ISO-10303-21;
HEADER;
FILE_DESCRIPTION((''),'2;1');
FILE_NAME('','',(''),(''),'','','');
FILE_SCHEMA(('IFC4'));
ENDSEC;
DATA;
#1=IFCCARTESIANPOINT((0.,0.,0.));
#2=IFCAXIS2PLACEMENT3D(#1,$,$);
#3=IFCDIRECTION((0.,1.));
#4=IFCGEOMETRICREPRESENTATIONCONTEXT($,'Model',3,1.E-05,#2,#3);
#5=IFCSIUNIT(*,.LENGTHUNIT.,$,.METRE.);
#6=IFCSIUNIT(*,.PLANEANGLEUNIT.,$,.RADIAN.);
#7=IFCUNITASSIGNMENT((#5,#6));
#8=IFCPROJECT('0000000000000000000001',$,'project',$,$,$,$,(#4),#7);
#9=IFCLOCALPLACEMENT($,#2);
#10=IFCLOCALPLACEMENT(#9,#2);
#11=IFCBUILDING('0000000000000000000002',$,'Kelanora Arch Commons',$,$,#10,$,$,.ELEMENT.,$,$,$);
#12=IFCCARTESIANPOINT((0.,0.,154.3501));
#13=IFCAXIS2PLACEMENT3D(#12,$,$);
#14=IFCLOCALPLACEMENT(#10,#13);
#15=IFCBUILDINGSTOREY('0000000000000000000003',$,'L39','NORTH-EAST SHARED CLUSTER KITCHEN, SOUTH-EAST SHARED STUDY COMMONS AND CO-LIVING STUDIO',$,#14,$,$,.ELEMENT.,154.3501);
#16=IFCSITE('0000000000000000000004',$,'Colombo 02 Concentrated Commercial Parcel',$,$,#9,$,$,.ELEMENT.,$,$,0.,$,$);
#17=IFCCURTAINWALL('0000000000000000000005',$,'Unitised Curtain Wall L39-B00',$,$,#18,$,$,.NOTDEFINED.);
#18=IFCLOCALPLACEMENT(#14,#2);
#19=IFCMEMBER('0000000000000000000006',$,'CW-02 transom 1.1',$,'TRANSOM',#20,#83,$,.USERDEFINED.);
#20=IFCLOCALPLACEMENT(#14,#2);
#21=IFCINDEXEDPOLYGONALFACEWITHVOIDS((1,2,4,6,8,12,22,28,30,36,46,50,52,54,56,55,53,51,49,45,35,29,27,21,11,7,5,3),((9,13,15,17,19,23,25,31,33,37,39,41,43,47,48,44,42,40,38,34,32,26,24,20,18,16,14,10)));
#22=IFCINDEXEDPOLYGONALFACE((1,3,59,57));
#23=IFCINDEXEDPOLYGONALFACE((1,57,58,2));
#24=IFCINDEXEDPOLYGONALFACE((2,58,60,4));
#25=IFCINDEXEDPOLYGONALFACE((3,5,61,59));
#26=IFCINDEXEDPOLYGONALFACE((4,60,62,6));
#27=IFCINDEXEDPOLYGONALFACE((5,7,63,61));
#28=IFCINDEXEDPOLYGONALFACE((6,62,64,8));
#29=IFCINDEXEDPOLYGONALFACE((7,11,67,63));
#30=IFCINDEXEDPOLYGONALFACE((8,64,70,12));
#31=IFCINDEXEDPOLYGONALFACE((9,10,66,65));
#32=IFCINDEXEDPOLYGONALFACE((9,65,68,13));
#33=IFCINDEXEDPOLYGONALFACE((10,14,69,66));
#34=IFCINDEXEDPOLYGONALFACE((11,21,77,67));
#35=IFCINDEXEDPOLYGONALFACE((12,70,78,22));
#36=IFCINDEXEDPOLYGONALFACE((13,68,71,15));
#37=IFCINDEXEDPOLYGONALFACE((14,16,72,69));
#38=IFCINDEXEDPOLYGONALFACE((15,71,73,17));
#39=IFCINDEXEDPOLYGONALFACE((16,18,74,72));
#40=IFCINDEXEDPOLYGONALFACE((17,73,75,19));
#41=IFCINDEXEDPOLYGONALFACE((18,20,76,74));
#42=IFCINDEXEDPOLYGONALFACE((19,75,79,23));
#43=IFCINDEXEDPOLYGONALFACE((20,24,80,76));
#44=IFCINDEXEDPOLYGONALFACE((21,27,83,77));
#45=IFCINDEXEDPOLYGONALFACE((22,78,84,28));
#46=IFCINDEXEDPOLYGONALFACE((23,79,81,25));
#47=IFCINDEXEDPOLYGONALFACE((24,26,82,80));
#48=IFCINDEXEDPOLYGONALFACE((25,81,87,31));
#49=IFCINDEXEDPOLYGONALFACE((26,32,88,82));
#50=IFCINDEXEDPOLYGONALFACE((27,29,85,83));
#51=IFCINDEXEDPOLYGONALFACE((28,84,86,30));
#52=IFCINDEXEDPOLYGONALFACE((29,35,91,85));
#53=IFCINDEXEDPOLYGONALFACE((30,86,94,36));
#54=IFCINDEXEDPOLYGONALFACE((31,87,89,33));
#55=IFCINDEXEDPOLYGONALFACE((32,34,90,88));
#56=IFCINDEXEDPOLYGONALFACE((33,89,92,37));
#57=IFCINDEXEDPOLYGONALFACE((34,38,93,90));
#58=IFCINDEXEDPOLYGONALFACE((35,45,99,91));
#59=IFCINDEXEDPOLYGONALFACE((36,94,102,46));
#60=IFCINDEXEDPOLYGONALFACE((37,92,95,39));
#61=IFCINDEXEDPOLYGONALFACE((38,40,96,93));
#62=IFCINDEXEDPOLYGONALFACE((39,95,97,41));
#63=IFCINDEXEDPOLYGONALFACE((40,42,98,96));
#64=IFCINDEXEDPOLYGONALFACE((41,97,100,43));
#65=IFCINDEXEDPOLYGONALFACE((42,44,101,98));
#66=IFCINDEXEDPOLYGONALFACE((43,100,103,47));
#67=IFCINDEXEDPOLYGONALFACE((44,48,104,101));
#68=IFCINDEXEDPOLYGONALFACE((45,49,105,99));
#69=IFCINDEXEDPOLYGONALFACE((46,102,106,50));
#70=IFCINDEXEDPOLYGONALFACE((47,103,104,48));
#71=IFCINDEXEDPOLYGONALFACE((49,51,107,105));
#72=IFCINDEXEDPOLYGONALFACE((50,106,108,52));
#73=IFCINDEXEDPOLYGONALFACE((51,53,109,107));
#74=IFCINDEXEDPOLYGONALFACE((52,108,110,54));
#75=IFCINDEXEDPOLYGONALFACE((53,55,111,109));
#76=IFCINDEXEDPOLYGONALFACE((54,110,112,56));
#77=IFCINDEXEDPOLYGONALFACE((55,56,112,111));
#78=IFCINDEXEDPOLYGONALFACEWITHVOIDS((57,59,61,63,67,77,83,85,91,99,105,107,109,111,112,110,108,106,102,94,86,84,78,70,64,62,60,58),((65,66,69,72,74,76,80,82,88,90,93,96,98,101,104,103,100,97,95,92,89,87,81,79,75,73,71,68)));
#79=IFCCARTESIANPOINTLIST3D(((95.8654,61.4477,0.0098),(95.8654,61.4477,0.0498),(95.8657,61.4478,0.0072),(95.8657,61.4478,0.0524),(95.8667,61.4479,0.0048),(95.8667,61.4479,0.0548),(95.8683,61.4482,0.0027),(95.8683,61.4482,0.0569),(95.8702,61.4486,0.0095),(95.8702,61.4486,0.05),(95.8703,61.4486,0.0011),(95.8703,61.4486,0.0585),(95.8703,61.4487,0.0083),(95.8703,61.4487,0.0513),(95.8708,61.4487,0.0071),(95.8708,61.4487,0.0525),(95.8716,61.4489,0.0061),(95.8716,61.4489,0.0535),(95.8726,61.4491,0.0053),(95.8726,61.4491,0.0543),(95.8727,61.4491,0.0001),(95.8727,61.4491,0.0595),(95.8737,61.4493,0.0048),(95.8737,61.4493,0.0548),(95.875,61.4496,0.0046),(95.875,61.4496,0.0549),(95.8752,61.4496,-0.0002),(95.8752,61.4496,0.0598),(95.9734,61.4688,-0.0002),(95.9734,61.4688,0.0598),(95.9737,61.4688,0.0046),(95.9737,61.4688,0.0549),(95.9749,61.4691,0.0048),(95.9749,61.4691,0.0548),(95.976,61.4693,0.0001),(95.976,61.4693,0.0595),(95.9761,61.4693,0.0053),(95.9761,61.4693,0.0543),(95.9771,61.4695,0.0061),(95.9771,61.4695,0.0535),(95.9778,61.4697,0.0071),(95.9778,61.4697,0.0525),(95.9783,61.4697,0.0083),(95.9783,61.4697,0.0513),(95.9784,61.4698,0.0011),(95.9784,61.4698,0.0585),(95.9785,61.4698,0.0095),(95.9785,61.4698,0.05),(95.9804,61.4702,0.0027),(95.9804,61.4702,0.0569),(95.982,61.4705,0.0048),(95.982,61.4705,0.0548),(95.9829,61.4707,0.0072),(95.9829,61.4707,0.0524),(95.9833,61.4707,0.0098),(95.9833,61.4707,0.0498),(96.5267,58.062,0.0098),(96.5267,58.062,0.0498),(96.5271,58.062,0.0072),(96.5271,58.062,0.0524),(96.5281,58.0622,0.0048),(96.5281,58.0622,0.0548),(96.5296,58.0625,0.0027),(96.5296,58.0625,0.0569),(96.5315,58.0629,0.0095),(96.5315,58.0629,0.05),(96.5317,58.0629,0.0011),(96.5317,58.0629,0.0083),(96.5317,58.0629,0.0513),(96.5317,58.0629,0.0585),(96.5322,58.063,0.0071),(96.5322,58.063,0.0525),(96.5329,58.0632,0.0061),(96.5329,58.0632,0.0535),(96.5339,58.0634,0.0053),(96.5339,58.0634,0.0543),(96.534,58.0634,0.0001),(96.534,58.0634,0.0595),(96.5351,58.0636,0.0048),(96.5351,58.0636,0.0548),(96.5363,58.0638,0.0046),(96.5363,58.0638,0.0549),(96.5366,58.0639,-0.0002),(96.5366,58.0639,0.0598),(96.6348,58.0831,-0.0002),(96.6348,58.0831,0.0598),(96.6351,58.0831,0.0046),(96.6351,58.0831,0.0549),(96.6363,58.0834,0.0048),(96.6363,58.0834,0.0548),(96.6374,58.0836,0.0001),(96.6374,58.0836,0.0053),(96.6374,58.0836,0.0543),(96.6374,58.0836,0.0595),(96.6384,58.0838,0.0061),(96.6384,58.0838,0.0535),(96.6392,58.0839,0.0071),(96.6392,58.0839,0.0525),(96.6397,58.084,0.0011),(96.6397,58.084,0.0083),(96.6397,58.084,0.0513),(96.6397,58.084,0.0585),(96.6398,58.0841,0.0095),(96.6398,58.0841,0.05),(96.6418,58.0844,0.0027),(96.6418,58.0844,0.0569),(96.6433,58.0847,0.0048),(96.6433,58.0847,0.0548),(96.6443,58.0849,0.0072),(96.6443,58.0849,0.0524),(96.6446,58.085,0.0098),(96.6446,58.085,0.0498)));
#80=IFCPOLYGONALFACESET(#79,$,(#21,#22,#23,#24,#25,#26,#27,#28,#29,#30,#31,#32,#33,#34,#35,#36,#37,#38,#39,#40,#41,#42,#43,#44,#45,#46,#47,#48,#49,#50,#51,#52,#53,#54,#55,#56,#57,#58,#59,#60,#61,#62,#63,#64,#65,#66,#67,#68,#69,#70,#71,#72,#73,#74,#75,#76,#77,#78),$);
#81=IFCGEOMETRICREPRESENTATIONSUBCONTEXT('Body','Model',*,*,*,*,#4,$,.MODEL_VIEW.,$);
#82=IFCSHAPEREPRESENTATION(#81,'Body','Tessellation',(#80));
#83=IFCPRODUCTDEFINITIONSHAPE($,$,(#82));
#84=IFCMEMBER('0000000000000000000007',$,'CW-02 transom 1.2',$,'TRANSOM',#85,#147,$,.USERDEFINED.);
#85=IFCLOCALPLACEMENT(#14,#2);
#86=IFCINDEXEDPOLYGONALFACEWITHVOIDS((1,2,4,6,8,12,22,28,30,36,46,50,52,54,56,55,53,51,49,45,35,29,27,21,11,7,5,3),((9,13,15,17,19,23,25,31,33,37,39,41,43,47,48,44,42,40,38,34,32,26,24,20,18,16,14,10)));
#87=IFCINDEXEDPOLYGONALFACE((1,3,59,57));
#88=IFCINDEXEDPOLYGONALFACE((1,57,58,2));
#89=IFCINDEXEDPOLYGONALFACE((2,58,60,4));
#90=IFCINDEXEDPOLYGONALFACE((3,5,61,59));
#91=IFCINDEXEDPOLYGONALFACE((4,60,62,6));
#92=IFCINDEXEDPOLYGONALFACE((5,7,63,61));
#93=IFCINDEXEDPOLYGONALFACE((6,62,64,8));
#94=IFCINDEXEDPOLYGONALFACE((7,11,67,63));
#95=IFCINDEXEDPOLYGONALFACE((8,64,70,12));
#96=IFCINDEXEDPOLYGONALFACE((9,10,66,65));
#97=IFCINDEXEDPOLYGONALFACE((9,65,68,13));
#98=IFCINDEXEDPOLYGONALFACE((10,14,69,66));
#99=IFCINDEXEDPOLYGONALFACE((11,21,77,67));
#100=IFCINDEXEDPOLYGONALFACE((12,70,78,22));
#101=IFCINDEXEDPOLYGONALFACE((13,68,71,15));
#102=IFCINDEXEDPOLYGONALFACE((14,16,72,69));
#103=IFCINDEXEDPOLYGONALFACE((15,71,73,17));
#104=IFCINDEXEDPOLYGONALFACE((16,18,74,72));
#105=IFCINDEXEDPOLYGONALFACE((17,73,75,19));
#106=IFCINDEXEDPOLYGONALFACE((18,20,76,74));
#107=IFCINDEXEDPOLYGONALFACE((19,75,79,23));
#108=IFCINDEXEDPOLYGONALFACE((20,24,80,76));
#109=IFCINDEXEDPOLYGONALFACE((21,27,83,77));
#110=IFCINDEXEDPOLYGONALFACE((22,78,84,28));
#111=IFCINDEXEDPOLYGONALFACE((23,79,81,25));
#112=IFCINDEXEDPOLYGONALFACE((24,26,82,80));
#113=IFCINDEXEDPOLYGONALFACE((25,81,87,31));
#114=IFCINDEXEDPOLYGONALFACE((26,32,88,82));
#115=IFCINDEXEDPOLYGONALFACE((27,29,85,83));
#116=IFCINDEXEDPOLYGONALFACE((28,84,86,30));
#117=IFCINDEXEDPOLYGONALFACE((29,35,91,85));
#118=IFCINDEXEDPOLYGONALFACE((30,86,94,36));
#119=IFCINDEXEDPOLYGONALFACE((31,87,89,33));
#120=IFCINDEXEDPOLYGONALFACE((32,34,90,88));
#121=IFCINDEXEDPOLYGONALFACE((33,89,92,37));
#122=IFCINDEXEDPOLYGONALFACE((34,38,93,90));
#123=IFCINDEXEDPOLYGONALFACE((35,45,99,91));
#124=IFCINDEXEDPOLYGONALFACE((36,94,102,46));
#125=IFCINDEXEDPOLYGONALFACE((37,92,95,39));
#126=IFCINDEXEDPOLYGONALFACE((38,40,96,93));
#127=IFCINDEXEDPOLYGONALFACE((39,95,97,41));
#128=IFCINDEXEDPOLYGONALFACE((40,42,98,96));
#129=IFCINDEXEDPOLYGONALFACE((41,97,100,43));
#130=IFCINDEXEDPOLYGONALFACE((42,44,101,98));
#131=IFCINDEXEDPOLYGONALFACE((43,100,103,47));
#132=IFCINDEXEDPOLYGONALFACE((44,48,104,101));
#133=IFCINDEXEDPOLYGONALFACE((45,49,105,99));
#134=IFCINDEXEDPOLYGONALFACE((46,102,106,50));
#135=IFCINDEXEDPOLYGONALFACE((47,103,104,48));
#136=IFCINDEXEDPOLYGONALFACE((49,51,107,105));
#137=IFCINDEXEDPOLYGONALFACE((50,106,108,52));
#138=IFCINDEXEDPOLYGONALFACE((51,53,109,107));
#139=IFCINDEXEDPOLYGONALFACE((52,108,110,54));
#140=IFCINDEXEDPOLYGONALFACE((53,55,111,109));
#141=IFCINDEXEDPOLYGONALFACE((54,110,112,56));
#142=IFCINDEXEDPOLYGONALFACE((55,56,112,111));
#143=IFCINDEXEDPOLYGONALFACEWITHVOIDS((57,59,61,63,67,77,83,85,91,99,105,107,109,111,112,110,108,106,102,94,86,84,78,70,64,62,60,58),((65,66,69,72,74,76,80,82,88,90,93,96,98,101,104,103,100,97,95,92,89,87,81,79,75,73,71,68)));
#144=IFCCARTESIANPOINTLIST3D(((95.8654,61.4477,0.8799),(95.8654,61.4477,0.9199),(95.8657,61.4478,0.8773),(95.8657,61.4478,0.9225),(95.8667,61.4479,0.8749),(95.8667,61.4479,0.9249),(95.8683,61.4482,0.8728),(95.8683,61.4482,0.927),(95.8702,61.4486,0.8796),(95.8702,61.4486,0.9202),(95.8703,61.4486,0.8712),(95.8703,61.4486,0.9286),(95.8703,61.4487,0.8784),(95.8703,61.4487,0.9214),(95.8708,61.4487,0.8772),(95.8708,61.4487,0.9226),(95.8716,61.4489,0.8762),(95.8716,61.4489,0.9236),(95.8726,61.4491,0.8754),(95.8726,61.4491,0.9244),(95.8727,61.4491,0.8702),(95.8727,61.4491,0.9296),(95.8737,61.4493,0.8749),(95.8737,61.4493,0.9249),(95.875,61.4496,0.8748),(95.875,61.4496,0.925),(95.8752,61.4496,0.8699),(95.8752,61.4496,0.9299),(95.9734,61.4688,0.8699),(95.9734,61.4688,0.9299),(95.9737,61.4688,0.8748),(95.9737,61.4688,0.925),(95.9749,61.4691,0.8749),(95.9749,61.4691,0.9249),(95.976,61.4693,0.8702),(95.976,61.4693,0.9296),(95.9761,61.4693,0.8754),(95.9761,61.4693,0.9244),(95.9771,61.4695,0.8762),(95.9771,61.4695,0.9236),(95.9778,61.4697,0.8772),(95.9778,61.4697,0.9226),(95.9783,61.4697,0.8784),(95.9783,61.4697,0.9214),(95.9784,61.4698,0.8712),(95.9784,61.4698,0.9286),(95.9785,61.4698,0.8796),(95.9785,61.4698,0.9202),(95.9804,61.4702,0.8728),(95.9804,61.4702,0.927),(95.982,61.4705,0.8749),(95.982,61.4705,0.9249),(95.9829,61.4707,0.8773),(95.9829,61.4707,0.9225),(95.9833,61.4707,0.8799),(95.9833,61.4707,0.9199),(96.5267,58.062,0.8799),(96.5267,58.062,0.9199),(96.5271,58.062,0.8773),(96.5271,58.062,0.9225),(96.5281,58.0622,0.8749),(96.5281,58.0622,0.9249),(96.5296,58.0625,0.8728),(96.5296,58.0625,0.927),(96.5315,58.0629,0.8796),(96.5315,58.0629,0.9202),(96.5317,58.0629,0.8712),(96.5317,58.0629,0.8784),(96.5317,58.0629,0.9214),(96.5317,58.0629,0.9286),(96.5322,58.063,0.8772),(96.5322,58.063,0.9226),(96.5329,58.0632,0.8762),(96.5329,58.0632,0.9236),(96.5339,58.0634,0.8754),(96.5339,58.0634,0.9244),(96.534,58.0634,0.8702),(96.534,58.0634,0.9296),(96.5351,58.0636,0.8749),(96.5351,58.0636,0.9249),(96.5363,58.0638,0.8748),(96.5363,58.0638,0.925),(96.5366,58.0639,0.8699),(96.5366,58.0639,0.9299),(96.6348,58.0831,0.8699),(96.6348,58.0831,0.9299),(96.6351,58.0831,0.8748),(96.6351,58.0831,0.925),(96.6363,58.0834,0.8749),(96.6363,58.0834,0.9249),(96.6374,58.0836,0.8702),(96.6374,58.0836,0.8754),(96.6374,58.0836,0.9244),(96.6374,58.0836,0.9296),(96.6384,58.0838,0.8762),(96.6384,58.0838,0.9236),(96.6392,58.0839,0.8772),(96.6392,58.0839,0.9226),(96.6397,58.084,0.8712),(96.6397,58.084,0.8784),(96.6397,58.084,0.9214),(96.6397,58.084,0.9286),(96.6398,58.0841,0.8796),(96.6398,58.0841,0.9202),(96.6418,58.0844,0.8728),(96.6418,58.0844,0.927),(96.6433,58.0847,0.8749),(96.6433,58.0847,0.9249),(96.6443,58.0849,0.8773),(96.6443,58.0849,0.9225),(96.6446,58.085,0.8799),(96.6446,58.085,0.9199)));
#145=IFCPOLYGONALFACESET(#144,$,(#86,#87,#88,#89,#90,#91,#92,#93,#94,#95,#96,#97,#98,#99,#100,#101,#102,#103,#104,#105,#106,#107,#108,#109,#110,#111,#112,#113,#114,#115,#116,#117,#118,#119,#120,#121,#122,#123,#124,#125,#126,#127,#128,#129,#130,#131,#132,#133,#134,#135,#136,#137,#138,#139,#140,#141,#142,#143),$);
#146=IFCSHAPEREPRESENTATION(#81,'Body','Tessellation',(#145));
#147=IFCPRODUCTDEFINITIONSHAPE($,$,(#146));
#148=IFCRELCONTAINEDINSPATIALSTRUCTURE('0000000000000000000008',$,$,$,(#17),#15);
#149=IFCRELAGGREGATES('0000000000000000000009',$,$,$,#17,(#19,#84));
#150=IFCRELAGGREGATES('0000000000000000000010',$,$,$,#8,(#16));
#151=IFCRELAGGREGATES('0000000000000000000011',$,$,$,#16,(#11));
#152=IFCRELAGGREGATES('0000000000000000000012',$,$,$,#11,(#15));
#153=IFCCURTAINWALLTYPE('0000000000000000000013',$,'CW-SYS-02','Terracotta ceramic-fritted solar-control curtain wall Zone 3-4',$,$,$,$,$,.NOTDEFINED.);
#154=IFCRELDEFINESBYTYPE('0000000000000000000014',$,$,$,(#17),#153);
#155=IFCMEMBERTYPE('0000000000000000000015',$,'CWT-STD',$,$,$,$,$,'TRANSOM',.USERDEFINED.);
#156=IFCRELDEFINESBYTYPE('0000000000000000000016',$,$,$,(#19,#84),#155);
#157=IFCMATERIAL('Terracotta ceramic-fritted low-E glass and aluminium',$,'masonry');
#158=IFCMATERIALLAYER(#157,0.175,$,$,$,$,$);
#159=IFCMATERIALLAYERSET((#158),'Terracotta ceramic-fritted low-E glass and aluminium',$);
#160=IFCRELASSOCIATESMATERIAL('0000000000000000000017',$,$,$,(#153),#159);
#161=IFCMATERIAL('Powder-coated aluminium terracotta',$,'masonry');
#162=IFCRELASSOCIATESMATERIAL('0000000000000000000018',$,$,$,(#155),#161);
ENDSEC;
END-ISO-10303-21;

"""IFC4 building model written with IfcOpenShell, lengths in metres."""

from ifc_helpers import new_model, si_unit, direction, frame, origin, origin_2d, place, context, subcontext, project, spatial, hollow_rectangle, extrude, material, layer, layer_set, material_profile, profile_set, type_object, element, aggregate, save


model = new_model("IFC4")

# Units and contexts
model_context = context("Model", 3, precision=1e-05, world=origin(), true_north=direction((0.0, 1.0)))
body_context = subcontext(model_context, "Body", "Model", "MODEL_VIEW")
ifc_project = project(units=[si_unit("LENGTHUNIT", "METRE"), si_unit("PLANEANGLEUNIT", "RADIAN")], contexts=[model_context])

# Site, building, storey
site_placement = place(None, origin())
site = spatial("IfcSite", under=ifc_project, at=site_placement, Name="Colombo 02 Concentrated Commercial Parcel", CompositionType="ELEMENT", RefElevation=0.0)
building_placement = place(site_placement, origin())
building = spatial("IfcBuilding", under=site, at=building_placement, Name="Kelanora Arch Commons", CompositionType="ELEMENT")
storey_placement = place(building_placement, frame((0.0, 0.0, 154.3501)))
storey = spatial("IfcBuildingStorey", under=building, at=storey_placement, Name="L39", Description="NORTH-EAST SHARED CLUSTER KITCHEN, SOUTH-EAST SHARED STUDY COMMONS AND CO-LIVING STUDIO", CompositionType="ELEMENT", Elevation=154.3501)

# Curtain wall, members
ifc_material_1 = material(Name="Terracotta ceramic-fritted low-E glass and aluminium", Category="masonry")
ifc_layer_1 = layer(ifc_material_1, 0.175)
ifc_layer_set_1 = layer_set([ifc_layer_1], Name="Terracotta ceramic-fritted low-E glass and aluminium")
curtain_wall_type = type_object("IfcCurtainWallType", Name="CW-SYS-02", Description="Terracotta ceramic-fritted solar-control curtain wall Zone 3-4", PredefinedType="NOTDEFINED", material=ifc_layer_set_1)
curtain_wall_placement = place(storey_placement, origin())
curtain_wall = element("IfcCurtainWall", 1, at=curtain_wall_placement, inside=storey, type_object=curtain_wall_type, Name="Unitised Curtain Wall L39-B00", PredefinedType="NOTDEFINED")
ifc_material_2 = material(Name="Powder-coated aluminium terracotta", Category="masonry")
ifc_material_profile_1 = material_profile(ifc_material_2, hollow_rectangle(XDim=0.1201, YDim=0.0601, WallThickness=0.0049, InnerFilletRadius=0.0049, OuterFilletRadius=0.01, at=origin_2d()), Name="CWT120x60")
ifc_profile_set_1 = profile_set([ifc_material_profile_1], Name="Powder-coated aluminium terracotta")
member_type_1 = type_object("IfcMemberType", Name="CWT-STD", ElementType="TRANSOM", PredefinedType="USERDEFINED", material=ifc_profile_set_1)
member_1_placement = place(storey_placement, frame((96.5857, 58.0735, 0.0298), z_axis=(-0.191718, 0.98145, 0.0), x_axis=(-0.98145, -0.191718, 0.0)))
member_1 = element("IfcMember", 2, at=member_1_placement, type_object=member_type_1, Name="CW-02 transom 1.1", ObjectType="TRANSOM", PredefinedType="USERDEFINED", context=body_context, shape_type="SweptSolid", body=[
    extrude(hollow_rectangle(XDim=0.1201, YDim=0.0601, WallThickness=0.0049, InnerFilletRadius=0.0049, OuterFilletRadius=0.01, at=origin_2d()), origin(), (0.0, 0.0, 1.0), 3.4497),
])
member_2_placement = place(storey_placement, frame((96.5857, 58.0735, 0.8999), z_axis=(-0.191718, 0.98145, 0.0), x_axis=(-0.98145, -0.191718, 0.0)))
member_2 = element("IfcMember", 3, at=member_2_placement, type_object=member_type_1, Name="CW-02 transom 1.2", ObjectType="TRANSOM", PredefinedType="USERDEFINED", context=body_context, shape_type="SweptSolid", body=[
    extrude(hollow_rectangle(XDim=0.1201, YDim=0.0601, WallThickness=0.0049, InnerFilletRadius=0.0049, OuterFilletRadius=0.01, at=origin_2d()), origin(), (0.0, 0.0, 1.0), 3.4497),
])
aggregate(curtain_wall, [member_1, member_2])

save(model, "model.ifc")
